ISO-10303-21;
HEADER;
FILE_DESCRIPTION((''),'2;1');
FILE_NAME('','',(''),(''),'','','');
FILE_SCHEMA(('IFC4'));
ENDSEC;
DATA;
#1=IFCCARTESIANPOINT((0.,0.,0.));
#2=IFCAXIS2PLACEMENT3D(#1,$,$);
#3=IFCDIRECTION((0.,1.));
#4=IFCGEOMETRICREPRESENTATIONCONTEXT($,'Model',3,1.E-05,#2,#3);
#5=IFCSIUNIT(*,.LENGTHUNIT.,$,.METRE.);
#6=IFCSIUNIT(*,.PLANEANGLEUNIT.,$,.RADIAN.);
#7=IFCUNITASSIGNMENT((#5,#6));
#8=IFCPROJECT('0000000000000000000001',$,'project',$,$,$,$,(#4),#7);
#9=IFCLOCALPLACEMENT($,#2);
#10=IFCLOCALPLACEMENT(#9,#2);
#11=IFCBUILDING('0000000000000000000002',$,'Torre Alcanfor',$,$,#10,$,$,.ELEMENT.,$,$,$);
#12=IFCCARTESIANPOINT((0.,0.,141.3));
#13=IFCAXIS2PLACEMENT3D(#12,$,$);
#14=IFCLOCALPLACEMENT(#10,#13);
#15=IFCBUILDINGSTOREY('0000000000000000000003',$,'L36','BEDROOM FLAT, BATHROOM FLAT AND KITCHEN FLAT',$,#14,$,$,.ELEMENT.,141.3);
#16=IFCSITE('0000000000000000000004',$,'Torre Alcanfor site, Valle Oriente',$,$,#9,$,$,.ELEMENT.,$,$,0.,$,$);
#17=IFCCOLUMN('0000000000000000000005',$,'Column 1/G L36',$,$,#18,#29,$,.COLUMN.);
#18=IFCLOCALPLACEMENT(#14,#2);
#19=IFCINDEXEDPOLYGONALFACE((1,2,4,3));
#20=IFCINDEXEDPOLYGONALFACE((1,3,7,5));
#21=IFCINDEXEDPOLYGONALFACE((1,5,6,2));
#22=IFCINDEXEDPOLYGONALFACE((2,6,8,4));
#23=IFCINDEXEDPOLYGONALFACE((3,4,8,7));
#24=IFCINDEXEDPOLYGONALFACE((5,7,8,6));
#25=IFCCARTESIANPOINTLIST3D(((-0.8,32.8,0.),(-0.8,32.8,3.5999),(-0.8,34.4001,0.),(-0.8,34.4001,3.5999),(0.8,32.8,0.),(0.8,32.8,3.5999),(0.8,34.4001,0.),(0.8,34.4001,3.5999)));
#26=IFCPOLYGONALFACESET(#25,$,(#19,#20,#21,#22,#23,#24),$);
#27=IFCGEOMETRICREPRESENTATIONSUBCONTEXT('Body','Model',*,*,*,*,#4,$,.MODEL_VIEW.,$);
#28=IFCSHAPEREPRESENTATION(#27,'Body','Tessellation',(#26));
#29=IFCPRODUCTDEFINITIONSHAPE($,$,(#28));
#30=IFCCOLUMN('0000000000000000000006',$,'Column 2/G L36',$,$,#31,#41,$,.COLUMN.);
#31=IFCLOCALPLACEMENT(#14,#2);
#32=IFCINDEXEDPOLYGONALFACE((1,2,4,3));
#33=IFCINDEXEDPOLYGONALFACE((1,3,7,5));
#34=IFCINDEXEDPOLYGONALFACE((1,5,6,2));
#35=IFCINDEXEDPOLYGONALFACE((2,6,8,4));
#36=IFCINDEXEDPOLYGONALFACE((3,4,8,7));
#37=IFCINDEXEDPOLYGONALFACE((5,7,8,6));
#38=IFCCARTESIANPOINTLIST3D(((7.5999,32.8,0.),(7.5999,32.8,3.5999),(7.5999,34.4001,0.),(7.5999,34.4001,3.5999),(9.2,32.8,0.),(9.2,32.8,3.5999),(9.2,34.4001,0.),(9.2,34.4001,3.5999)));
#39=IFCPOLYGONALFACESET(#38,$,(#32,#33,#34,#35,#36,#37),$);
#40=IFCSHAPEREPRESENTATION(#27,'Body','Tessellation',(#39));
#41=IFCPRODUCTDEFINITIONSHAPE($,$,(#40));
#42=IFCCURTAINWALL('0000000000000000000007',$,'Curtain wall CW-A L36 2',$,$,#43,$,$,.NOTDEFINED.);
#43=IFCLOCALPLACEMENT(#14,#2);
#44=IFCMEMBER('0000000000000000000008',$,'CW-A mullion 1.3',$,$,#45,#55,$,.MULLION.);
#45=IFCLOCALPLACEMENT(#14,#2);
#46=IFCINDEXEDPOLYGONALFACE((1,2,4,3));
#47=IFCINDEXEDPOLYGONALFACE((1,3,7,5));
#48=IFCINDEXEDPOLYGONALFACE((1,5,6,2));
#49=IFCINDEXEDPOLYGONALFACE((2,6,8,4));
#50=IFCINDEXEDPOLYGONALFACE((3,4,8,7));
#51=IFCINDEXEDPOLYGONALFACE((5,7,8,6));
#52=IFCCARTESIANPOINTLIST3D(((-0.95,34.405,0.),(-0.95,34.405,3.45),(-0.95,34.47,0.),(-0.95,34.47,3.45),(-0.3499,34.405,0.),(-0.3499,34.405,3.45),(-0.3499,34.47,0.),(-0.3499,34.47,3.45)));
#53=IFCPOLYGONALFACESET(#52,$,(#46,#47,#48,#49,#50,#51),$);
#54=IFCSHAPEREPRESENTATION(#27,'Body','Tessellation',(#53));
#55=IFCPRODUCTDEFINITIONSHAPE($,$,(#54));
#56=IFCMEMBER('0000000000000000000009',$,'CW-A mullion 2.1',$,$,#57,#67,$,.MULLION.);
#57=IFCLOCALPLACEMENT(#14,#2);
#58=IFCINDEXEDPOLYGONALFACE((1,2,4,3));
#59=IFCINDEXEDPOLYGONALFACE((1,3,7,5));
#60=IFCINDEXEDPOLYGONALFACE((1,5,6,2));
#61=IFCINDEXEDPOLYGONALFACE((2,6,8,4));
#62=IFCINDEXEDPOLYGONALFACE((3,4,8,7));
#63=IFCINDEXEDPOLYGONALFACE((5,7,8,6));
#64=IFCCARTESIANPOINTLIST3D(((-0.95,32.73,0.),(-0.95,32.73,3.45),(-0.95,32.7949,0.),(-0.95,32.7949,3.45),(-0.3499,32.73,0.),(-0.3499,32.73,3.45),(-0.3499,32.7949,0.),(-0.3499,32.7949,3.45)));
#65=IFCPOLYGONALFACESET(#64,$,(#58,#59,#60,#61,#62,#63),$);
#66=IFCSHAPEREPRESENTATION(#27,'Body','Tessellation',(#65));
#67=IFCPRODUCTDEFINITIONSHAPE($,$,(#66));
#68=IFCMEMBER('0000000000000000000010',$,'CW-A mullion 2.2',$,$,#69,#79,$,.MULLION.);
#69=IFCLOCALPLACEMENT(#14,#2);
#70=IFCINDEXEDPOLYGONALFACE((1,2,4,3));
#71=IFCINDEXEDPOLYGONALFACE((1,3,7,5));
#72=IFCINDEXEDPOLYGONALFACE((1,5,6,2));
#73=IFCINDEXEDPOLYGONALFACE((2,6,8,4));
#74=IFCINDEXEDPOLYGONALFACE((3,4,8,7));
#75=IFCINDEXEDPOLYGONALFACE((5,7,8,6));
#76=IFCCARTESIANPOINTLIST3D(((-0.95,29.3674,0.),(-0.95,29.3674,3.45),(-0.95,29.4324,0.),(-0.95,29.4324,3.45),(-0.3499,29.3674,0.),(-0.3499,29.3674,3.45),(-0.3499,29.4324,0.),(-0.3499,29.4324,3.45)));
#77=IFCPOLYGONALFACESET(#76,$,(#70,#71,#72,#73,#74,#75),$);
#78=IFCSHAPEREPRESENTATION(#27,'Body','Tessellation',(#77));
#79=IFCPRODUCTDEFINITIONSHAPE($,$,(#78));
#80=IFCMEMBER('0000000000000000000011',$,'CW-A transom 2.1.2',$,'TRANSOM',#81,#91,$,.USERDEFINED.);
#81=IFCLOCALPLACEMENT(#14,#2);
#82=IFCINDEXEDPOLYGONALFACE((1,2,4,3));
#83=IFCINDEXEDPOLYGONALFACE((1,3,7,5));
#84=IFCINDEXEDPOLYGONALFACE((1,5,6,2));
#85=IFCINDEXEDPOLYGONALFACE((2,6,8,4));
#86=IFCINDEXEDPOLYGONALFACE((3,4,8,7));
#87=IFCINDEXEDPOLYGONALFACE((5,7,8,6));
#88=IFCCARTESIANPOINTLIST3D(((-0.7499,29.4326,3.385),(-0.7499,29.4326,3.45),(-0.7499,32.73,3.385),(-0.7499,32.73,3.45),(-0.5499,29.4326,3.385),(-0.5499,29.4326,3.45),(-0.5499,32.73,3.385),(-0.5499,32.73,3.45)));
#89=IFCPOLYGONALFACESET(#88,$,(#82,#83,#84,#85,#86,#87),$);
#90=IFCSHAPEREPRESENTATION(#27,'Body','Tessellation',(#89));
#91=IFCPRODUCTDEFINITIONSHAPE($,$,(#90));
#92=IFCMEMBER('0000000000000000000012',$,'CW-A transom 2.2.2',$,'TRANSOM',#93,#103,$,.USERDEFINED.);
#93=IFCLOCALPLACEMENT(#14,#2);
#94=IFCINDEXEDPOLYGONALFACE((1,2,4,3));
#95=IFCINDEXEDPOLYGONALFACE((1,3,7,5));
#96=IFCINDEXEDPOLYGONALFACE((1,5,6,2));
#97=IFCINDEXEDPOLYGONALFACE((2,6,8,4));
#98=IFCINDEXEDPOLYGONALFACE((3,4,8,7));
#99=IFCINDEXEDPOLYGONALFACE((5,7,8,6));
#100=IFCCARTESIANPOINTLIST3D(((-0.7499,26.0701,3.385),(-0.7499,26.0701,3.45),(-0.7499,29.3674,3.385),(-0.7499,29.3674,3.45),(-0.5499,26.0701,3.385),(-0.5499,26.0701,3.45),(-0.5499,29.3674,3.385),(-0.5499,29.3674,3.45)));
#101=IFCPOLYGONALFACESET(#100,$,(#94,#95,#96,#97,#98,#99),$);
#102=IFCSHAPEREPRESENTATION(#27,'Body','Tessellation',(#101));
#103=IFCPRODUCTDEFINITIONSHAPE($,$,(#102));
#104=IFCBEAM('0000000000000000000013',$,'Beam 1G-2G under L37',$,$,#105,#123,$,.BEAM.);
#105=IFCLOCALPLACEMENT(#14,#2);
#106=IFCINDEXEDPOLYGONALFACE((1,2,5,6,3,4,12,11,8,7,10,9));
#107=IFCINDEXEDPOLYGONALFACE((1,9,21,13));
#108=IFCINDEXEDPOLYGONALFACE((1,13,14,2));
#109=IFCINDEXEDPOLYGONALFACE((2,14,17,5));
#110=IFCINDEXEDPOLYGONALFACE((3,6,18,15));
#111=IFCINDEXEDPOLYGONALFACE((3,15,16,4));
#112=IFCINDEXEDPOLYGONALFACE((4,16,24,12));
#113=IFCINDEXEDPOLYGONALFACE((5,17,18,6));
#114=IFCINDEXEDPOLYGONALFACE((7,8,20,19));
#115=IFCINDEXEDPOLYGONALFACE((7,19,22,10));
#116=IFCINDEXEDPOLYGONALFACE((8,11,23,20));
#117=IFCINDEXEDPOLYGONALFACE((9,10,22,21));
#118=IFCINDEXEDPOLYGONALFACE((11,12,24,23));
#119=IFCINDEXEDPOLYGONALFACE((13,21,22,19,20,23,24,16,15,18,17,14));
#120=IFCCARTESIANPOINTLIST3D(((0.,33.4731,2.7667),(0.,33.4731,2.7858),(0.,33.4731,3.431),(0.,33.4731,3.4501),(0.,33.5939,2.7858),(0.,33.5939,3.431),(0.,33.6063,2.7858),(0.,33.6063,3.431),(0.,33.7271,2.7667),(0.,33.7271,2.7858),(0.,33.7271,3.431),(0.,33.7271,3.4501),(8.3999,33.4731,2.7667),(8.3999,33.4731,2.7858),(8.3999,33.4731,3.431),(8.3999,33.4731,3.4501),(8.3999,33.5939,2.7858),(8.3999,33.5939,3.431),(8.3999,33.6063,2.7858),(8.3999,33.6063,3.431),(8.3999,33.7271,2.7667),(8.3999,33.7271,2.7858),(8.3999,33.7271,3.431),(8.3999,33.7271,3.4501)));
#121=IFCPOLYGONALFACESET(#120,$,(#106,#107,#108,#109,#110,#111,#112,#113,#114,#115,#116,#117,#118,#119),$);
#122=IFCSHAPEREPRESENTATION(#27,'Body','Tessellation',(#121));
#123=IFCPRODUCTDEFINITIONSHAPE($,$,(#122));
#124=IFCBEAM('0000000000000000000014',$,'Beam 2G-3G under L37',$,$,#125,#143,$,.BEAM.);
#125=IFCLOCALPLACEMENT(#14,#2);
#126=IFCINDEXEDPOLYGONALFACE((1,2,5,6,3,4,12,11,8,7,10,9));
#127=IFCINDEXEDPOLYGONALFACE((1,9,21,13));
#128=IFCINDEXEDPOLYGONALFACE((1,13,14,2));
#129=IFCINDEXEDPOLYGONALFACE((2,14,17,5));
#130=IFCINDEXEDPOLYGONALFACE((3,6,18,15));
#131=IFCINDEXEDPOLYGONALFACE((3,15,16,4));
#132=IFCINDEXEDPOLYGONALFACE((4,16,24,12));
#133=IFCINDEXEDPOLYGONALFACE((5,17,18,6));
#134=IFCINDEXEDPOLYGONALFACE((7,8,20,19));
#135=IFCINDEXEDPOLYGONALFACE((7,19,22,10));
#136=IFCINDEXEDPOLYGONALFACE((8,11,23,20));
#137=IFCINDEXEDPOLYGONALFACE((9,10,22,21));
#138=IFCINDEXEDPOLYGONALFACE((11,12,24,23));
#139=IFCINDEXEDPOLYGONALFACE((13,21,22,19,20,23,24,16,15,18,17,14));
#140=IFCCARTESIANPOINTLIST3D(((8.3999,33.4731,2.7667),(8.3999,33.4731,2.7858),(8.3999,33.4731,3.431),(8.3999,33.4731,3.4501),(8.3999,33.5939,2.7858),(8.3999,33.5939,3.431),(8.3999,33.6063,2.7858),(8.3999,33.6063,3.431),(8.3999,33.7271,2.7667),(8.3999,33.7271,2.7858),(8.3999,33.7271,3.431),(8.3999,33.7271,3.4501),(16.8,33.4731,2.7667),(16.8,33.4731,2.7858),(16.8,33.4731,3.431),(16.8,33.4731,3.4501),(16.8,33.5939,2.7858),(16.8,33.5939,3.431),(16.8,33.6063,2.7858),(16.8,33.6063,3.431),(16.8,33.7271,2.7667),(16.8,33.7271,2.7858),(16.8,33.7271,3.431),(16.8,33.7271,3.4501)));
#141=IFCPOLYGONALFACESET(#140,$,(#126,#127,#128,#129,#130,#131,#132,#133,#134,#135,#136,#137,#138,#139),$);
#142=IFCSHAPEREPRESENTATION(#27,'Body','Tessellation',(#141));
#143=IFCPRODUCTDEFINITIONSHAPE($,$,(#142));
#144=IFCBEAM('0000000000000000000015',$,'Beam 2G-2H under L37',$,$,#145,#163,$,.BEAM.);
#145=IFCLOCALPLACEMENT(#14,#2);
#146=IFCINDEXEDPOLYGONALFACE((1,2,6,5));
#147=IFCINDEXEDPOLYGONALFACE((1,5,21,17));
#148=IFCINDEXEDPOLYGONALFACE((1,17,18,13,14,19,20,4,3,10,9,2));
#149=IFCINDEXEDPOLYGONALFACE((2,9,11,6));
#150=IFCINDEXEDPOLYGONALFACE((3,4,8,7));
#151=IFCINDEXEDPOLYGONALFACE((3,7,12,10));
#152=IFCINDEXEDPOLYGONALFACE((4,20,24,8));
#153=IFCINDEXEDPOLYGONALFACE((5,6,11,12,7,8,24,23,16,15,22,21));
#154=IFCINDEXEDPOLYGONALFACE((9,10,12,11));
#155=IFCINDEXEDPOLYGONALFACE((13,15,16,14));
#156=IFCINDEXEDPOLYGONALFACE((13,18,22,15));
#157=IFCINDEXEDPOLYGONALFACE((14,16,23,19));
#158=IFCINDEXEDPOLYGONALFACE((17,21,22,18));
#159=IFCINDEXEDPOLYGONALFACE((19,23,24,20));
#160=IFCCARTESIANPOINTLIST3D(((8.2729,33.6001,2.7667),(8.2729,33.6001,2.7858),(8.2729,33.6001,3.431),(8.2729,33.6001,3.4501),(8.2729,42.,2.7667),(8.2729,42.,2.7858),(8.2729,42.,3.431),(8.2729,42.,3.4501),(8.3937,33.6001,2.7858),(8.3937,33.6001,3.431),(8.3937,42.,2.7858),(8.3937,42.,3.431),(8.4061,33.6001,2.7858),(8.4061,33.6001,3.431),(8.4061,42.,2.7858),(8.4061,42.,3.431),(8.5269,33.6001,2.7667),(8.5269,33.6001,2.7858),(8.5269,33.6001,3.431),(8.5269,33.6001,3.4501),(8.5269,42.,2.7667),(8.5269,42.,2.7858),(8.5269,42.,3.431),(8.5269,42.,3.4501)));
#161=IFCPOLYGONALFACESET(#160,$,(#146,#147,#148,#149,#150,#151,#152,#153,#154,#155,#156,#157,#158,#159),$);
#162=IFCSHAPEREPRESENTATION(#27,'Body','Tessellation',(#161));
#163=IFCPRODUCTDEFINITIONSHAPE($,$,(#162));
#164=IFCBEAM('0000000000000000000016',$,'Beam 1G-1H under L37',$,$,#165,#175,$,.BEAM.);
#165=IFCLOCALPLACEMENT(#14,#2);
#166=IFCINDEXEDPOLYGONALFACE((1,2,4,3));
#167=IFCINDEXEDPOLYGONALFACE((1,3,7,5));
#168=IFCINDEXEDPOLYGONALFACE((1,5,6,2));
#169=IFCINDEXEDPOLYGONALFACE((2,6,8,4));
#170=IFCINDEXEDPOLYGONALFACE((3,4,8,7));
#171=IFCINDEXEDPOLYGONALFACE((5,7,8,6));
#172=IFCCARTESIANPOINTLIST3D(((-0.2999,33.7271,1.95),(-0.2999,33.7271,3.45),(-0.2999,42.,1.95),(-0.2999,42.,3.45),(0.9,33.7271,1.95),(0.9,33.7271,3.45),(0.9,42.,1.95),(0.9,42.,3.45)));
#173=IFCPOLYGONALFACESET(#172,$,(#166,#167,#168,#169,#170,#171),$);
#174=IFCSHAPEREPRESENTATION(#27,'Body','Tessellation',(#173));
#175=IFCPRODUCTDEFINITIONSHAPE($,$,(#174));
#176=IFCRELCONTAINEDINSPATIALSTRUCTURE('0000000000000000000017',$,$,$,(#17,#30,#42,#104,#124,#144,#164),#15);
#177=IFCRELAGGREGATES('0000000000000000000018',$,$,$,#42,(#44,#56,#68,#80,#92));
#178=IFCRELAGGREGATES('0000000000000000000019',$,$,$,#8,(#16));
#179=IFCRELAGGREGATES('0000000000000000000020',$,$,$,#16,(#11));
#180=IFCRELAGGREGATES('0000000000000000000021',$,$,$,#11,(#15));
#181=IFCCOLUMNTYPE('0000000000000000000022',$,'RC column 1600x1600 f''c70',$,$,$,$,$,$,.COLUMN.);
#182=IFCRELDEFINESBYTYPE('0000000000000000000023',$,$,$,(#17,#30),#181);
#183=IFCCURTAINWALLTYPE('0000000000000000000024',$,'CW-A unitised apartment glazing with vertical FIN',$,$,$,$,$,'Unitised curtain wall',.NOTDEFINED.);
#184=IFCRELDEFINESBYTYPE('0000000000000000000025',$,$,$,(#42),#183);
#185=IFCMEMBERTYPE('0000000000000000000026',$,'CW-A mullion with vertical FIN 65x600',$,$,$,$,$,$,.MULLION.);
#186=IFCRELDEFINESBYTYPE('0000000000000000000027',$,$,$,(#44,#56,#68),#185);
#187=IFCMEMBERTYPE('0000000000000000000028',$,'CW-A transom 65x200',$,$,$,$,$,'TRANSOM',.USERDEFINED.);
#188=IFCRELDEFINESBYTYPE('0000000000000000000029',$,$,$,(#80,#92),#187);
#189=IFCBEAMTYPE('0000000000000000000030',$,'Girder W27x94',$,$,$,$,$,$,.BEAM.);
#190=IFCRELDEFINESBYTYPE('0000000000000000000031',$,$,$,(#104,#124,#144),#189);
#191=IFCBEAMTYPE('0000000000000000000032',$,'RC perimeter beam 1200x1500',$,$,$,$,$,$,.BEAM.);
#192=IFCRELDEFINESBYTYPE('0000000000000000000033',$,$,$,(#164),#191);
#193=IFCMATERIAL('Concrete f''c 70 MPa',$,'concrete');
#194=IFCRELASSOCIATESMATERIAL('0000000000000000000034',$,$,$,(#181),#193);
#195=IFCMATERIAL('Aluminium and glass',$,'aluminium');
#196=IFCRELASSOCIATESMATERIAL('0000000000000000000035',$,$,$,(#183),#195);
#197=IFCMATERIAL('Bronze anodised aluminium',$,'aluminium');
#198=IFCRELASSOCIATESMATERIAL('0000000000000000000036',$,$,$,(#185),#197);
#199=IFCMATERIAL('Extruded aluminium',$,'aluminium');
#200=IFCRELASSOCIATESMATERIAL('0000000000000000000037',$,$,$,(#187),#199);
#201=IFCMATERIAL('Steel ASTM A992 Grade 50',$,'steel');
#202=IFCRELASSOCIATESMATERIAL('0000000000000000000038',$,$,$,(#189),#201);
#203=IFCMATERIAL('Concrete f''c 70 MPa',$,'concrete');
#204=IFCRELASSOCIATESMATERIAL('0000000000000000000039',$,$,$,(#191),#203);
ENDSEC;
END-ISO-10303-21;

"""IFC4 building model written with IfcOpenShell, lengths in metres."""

from ifc_helpers import new_model, si_unit, direction, frame, origin, origin_2d, place, context, subcontext, project, spatial, rectangle, i_section, extrude, material, material_profile, profile_set, type_object, element, aggregate, save


model = new_model("IFC4")

# Units and contexts
model_context = context("Model", 3, precision=1e-05, world=origin(), true_north=direction((0.0, 1.0)))
body_context = subcontext(model_context, "Body", "Model", "MODEL_VIEW")
ifc_project = project(units=[si_unit("LENGTHUNIT", "METRE"), si_unit("PLANEANGLEUNIT", "RADIAN")], contexts=[model_context])

# Site, building, storey
site_placement = place(None, origin())
site = spatial("IfcSite", under=ifc_project, at=site_placement, Name="Torre Alcanfor site, Valle Oriente", CompositionType="ELEMENT", RefElevation=0.0)
building_placement = place(site_placement, origin())
building = spatial("IfcBuilding", under=site, at=building_placement, Name="Torre Alcanfor", CompositionType="ELEMENT")
storey_placement = place(building_placement, frame((0.0, 0.0, 141.3)))
storey = spatial("IfcBuildingStorey", under=building, at=storey_placement, Name="L36", Description="BEDROOM FLAT, BATHROOM FLAT AND KITCHEN FLAT", CompositionType="ELEMENT", Elevation=141.3)

# Columns
ifc_material_1 = material(Name="Concrete f'c 70 MPa", Category="concrete")
ifc_material_profile_1 = material_profile(ifc_material_1, rectangle(XDim=1.6001, YDim=1.6001, at=origin_2d()), Name="1600x1600")
ifc_profile_set_1 = profile_set([ifc_material_profile_1], Name="Concrete f'c 70 MPa")
column_type = type_object("IfcColumnType", Name="RC column 1600x1600 f'c70", PredefinedType="COLUMN", material=ifc_profile_set_1)
for number, where, z_axis, x_axis, name in (
    (1, (0.0, 33.6001, 0.0), (0.0, 0.0, 1.0), (1.0, 0.0, 0.0), "Column 1/G L36"),
    (2, (8.3999, 33.6001, 0.0), (0.0, 0.0, 1.0), (1.0, 0.0, 0.0), "Column 2/G L36"),
):
    element("IfcColumn", number, at=place(storey_placement, frame(where, z_axis=z_axis, x_axis=x_axis)), inside=storey, type_object=column_type, Name=name, PredefinedType="COLUMN", context=body_context, shape_type="SweptSolid", body=[
        extrude(rectangle(XDim=1.6001, YDim=1.6001, at=origin_2d()), origin(), (0.0, 0.0, 1.0), 3.5999),
    ])

# Curtain wall, members
ifc_material_2 = material(Name="Aluminium and glass", Category="aluminium")
curtain_wall_type = type_object("IfcCurtainWallType", Name="CW-A unitised apartment glazing with vertical FIN", ElementType="Unitised curtain wall", PredefinedType="NOTDEFINED", material=ifc_material_2)
curtain_wall_placement = place(storey_placement, origin())
curtain_wall = element("IfcCurtainWall", 3, at=curtain_wall_placement, inside=storey, type_object=curtain_wall_type, Name="Curtain wall CW-A L36 2", PredefinedType="NOTDEFINED")
ifc_material_3 = material(Name="Bronze anodised aluminium", Category="aluminium")
ifc_material_profile_2 = material_profile(ifc_material_3, rectangle(XDim=0.6001, YDim=0.0649, at=origin_2d()), Name="CW-A mullion 65x600")
ifc_profile_set_2 = profile_set([ifc_material_profile_2], Name="Bronze anodised aluminium")
member_type_1 = type_object("IfcMemberType", Name="CW-A mullion with vertical FIN 65x600", PredefinedType="MULLION", material=ifc_profile_set_2)
member_1_placement = place(storey_placement, frame((-0.6499, 34.4375, 0.0), z_axis=(0.0, 0.0, 1.0), x_axis=(1.0, 0.0, 0.0)))
member_1 = element("IfcMember", 4, at=member_1_placement, type_object=member_type_1, Name="CW-A mullion 1.3", PredefinedType="MULLION", context=body_context, shape_type="SweptSolid", body=[
    extrude(rectangle(XDim=0.6001, YDim=0.0649, at=origin_2d()), origin(), (0.0, 0.0, 1.0), 3.45),
])
member_2_placement = place(storey_placement, frame((-0.6499, 32.7625, 0.0), z_axis=(0.0, 0.0, 1.0), x_axis=(1.0, 0.0, 0.0)))
member_2 = element("IfcMember", 5, at=member_2_placement, type_object=member_type_1, Name="CW-A mullion 2.1", PredefinedType="MULLION", context=body_context, shape_type="SweptSolid", body=[
    extrude(rectangle(XDim=0.6001, YDim=0.0649, at=origin_2d()), origin(), (0.0, 0.0, 1.0), 3.45),
])
member_3_placement = place(storey_placement, frame((-0.6499, 29.3999, 0.0), z_axis=(0.0, 0.0, 1.0), x_axis=(1.0, 0.0, 0.0)))
member_3 = element("IfcMember", 6, at=member_3_placement, type_object=member_type_1, Name="CW-A mullion 2.2", PredefinedType="MULLION", context=body_context, shape_type="SweptSolid", body=[
    extrude(rectangle(XDim=0.6001, YDim=0.0649, at=origin_2d()), origin(), (0.0, 0.0, 1.0), 3.45),
])
ifc_material_4 = material(Name="Extruded aluminium", Category="aluminium")
ifc_material_profile_3 = material_profile(ifc_material_4, rectangle(XDim=0.2, YDim=0.0649, at=origin_2d()), Name="CW-A transom 200x65")
ifc_profile_set_3 = profile_set([ifc_material_profile_3], Name="Extruded aluminium")
member_type_2 = type_object("IfcMemberType", Name="CW-A transom 65x200", ElementType="TRANSOM", PredefinedType="USERDEFINED", material=ifc_profile_set_3)
member_4_placement = place(storey_placement, frame((-0.6499, 32.73, 3.4175), z_axis=(0.0, -1.0, 0.0), x_axis=(1.0, 0.0, 0.0)))
member_4 = element("IfcMember", 7, at=member_4_placement, type_object=member_type_2, Name="CW-A transom 2.1.2", ObjectType="TRANSOM", PredefinedType="USERDEFINED", context=body_context, shape_type="SweptSolid", body=[
    extrude(rectangle(XDim=0.2, YDim=0.0649, at=origin_2d()), origin(), (0.0, 0.0, 1.0), 3.2974),
])
member_5_placement = place(storey_placement, frame((-0.6499, 29.3674, 3.4175), z_axis=(0.0, -1.0, 0.0), x_axis=(1.0, 0.0, 0.0)))
member_5 = element("IfcMember", 8, at=member_5_placement, type_object=member_type_2, Name="CW-A transom 2.2.2", ObjectType="TRANSOM", PredefinedType="USERDEFINED", context=body_context, shape_type="SweptSolid", body=[
    extrude(rectangle(XDim=0.2, YDim=0.0649, at=origin_2d()), origin(), (0.0, 0.0, 1.0), 3.2974),
])

# Beams
ifc_material_5 = material(Name="Steel ASTM A992 Grade 50", Category="steel")
ifc_material_profile_4 = material_profile(ifc_material_5, i_section(OverallWidth=0.2539, OverallDepth=0.6833, WebThickness=0.0125, FlangeThickness=0.019, at=origin_2d()), Name="W27x94")
ifc_profile_set_4 = profile_set([ifc_material_profile_4], Name="Steel ASTM A992 Grade 50")
beam_type_1 = type_object("IfcBeamType", Name="Girder W27x94", PredefinedType="BEAM", material=ifc_profile_set_4)
beam_1_placement = place(storey_placement, frame((0.0, 33.6001, 3.1084), z_axis=(1.0, 0.0, 0.0), x_axis=(0.0, 1.0, 0.0)))
element("IfcBeam", 9, at=beam_1_placement, inside=storey, type_object=beam_type_1, Name="Beam 1G-2G under L37", PredefinedType="BEAM", context=body_context, shape_type="SweptSolid", body=[
    extrude(i_section(OverallWidth=0.2539, OverallDepth=0.6833, WebThickness=0.0125, FlangeThickness=0.019, at=origin_2d()), origin(), (0.0, 0.0, 1.0), 8.3999),
])
beam_2_placement = place(storey_placement, frame((8.3999, 33.6001, 3.1084), z_axis=(1.0, 0.0, 0.0), x_axis=(0.0, 1.0, 0.0)))
element("IfcBeam", 10, at=beam_2_placement, inside=storey, type_object=beam_type_1, Name="Beam 2G-3G under L37", PredefinedType="BEAM", context=body_context, shape_type="SweptSolid", body=[
    extrude(i_section(OverallWidth=0.2539, OverallDepth=0.6833, WebThickness=0.0125, FlangeThickness=0.019, at=origin_2d()), origin(), (0.0, 0.0, 1.0), 8.4001),
])
beam_3_placement = place(storey_placement, frame((8.3999, 33.6001, 3.1084), z_axis=(0.0, 1.0, 0.0), x_axis=(-1.0, 0.0, 0.0)))
element("IfcBeam", 11, at=beam_3_placement, inside=storey, type_object=beam_type_1, Name="Beam 2G-2H under L37", PredefinedType="BEAM", context=body_context, shape_type="SweptSolid", body=[
    extrude(i_section(OverallWidth=0.2539, OverallDepth=0.6833, WebThickness=0.0125, FlangeThickness=0.019, at=origin_2d()), origin(), (0.0, 0.0, 1.0), 8.3999),
])
ifc_material_6 = material(Name="Concrete f'c 70 MPa", Category="concrete")
ifc_material_profile_5 = material_profile(ifc_material_6, rectangle(XDim=1.2, YDim=1.5, at=origin_2d()), Name="1200x1500")
ifc_profile_set_5 = profile_set([ifc_material_profile_5], Name="Concrete f'c 70 MPa")
beam_type_2 = type_object("IfcBeamType", Name="RC perimeter beam 1200x1500", PredefinedType="BEAM", material=ifc_profile_set_5)
beam_4_placement = place(storey_placement, frame((0.3, 33.7271, 2.7), z_axis=(0.0, 1.0, 0.0), x_axis=(-1.0, 0.0, 0.0)))
element("IfcBeam", 12, at=beam_4_placement, inside=storey, type_object=beam_type_2, Name="Beam 1G-1H under L37", PredefinedType="BEAM", context=body_context, shape_type="SweptSolid", body=[
    extrude(rectangle(XDim=1.2, YDim=1.5, at=origin_2d()), origin(), (0.0, 0.0, 1.0), 8.2729),
])

aggregate(curtain_wall, [member_1, member_2, member_3, member_4, member_5])

save(model, "model.ifc")
